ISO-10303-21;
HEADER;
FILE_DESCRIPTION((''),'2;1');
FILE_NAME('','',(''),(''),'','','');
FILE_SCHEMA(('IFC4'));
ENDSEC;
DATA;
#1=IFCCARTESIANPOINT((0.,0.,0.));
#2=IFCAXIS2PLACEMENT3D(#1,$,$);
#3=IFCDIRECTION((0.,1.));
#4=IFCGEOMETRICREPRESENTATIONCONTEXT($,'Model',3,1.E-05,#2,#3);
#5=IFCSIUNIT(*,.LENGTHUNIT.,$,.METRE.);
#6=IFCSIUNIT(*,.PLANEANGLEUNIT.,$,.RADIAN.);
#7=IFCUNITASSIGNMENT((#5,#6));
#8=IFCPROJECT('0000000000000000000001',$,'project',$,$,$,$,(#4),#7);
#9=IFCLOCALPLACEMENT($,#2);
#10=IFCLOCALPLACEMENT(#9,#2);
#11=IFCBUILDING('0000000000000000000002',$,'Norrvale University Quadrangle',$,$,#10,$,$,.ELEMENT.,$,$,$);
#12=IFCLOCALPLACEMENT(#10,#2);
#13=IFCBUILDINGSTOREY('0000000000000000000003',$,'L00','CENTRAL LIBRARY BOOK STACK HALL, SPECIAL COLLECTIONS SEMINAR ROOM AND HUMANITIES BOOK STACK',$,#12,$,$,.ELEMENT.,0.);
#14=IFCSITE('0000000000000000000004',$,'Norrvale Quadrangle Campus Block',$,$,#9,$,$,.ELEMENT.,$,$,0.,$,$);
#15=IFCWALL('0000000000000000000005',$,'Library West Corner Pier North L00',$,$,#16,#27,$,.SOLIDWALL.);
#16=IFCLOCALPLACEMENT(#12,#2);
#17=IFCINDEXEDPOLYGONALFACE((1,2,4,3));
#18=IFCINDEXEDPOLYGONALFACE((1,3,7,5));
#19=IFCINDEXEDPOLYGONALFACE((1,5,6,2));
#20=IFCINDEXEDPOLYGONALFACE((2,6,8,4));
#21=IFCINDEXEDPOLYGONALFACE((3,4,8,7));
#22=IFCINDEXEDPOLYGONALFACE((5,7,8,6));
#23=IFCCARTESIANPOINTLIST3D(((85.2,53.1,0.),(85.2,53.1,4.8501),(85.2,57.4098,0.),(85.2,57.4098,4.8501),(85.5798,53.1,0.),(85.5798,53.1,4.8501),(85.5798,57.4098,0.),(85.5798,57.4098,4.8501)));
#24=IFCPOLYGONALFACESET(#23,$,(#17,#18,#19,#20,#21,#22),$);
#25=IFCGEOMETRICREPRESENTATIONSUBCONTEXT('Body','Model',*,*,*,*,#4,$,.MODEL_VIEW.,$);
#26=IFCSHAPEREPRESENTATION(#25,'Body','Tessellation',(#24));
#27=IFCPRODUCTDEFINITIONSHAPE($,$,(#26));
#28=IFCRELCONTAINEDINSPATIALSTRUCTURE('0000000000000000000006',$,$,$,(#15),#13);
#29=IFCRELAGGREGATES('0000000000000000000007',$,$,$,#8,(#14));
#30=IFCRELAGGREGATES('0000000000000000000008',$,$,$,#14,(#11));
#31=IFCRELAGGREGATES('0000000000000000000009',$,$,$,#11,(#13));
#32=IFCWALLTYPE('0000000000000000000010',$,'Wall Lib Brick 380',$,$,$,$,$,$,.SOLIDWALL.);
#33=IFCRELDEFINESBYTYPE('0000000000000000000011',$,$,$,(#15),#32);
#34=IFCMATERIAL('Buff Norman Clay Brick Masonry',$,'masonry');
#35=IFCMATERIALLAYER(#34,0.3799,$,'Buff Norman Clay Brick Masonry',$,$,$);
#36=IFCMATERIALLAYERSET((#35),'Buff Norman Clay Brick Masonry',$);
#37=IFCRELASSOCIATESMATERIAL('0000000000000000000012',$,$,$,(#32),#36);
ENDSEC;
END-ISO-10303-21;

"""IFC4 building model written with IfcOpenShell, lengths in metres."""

from ifc_helpers import new_model, si_unit, direction, frame, frame_2d, origin, place, context, subcontext, project, spatial, rectangle, extrude, material, layer, layer_set, type_object, element, save


model = new_model("IFC4")

# Units and contexts
model_context = context("Model", 3, precision=1e-05, world=origin(), true_north=direction((0.0, 1.0)))
body_context = subcontext(model_context, "Body", "Model", "MODEL_VIEW")
ifc_project = project(units=[si_unit("LENGTHUNIT", "METRE"), si_unit("PLANEANGLEUNIT", "RADIAN")], contexts=[model_context])

# Site, building, storey
site_placement = place(None, origin())
building_placement = place(site_placement, origin())
storey_placement = place(building_placement, origin())
site = spatial("IfcSite", under=ifc_project, at=site_placement, Name="Norrvale Quadrangle Campus Block", CompositionType="ELEMENT", RefElevation=0.0)
building = spatial("IfcBuilding", under=site, at=building_placement, Name="Norrvale University Quadrangle", CompositionType="ELEMENT")
storey = spatial("IfcBuildingStorey", under=building, at=storey_placement, Name="L00", Description="CENTRAL LIBRARY BOOK STACK HALL, SPECIAL COLLECTIONS SEMINAR ROOM AND HUMANITIES BOOK STACK", CompositionType="ELEMENT", Elevation=0.0)

# Wall
ifc_material_1 = material(Name="Buff Norman Clay Brick Masonry", Category="masonry")
ifc_layer_1 = layer(ifc_material_1, 0.3799, Name="Buff Norman Clay Brick Masonry")
ifc_layer_set_1 = layer_set([ifc_layer_1], Name="Buff Norman Clay Brick Masonry")
wall_type = type_object("IfcWallType", Name="Wall Lib Brick 380", PredefinedType="SOLIDWALL", material=ifc_layer_set_1)
wall_placement = place(storey_placement, frame((85.3899, 53.1001, 0.0), z_axis=(0.0, 0.0, 1.0), x_axis=(0.0, 1.0, 0.0)))
element("IfcWall", 1, at=wall_placement, inside=storey, type_object=wall_type, Name="Library West Corner Pier North L00", PredefinedType="SOLIDWALL", context=body_context, shape_type="SweptSolid", body=[
    extrude(rectangle(XDim=4.3098, YDim=0.3799, at=frame_2d((2.1548, 0.0))), origin(), (0.0, 0.0, 1.0), 4.8501),
])

save(model, "model.ifc")
